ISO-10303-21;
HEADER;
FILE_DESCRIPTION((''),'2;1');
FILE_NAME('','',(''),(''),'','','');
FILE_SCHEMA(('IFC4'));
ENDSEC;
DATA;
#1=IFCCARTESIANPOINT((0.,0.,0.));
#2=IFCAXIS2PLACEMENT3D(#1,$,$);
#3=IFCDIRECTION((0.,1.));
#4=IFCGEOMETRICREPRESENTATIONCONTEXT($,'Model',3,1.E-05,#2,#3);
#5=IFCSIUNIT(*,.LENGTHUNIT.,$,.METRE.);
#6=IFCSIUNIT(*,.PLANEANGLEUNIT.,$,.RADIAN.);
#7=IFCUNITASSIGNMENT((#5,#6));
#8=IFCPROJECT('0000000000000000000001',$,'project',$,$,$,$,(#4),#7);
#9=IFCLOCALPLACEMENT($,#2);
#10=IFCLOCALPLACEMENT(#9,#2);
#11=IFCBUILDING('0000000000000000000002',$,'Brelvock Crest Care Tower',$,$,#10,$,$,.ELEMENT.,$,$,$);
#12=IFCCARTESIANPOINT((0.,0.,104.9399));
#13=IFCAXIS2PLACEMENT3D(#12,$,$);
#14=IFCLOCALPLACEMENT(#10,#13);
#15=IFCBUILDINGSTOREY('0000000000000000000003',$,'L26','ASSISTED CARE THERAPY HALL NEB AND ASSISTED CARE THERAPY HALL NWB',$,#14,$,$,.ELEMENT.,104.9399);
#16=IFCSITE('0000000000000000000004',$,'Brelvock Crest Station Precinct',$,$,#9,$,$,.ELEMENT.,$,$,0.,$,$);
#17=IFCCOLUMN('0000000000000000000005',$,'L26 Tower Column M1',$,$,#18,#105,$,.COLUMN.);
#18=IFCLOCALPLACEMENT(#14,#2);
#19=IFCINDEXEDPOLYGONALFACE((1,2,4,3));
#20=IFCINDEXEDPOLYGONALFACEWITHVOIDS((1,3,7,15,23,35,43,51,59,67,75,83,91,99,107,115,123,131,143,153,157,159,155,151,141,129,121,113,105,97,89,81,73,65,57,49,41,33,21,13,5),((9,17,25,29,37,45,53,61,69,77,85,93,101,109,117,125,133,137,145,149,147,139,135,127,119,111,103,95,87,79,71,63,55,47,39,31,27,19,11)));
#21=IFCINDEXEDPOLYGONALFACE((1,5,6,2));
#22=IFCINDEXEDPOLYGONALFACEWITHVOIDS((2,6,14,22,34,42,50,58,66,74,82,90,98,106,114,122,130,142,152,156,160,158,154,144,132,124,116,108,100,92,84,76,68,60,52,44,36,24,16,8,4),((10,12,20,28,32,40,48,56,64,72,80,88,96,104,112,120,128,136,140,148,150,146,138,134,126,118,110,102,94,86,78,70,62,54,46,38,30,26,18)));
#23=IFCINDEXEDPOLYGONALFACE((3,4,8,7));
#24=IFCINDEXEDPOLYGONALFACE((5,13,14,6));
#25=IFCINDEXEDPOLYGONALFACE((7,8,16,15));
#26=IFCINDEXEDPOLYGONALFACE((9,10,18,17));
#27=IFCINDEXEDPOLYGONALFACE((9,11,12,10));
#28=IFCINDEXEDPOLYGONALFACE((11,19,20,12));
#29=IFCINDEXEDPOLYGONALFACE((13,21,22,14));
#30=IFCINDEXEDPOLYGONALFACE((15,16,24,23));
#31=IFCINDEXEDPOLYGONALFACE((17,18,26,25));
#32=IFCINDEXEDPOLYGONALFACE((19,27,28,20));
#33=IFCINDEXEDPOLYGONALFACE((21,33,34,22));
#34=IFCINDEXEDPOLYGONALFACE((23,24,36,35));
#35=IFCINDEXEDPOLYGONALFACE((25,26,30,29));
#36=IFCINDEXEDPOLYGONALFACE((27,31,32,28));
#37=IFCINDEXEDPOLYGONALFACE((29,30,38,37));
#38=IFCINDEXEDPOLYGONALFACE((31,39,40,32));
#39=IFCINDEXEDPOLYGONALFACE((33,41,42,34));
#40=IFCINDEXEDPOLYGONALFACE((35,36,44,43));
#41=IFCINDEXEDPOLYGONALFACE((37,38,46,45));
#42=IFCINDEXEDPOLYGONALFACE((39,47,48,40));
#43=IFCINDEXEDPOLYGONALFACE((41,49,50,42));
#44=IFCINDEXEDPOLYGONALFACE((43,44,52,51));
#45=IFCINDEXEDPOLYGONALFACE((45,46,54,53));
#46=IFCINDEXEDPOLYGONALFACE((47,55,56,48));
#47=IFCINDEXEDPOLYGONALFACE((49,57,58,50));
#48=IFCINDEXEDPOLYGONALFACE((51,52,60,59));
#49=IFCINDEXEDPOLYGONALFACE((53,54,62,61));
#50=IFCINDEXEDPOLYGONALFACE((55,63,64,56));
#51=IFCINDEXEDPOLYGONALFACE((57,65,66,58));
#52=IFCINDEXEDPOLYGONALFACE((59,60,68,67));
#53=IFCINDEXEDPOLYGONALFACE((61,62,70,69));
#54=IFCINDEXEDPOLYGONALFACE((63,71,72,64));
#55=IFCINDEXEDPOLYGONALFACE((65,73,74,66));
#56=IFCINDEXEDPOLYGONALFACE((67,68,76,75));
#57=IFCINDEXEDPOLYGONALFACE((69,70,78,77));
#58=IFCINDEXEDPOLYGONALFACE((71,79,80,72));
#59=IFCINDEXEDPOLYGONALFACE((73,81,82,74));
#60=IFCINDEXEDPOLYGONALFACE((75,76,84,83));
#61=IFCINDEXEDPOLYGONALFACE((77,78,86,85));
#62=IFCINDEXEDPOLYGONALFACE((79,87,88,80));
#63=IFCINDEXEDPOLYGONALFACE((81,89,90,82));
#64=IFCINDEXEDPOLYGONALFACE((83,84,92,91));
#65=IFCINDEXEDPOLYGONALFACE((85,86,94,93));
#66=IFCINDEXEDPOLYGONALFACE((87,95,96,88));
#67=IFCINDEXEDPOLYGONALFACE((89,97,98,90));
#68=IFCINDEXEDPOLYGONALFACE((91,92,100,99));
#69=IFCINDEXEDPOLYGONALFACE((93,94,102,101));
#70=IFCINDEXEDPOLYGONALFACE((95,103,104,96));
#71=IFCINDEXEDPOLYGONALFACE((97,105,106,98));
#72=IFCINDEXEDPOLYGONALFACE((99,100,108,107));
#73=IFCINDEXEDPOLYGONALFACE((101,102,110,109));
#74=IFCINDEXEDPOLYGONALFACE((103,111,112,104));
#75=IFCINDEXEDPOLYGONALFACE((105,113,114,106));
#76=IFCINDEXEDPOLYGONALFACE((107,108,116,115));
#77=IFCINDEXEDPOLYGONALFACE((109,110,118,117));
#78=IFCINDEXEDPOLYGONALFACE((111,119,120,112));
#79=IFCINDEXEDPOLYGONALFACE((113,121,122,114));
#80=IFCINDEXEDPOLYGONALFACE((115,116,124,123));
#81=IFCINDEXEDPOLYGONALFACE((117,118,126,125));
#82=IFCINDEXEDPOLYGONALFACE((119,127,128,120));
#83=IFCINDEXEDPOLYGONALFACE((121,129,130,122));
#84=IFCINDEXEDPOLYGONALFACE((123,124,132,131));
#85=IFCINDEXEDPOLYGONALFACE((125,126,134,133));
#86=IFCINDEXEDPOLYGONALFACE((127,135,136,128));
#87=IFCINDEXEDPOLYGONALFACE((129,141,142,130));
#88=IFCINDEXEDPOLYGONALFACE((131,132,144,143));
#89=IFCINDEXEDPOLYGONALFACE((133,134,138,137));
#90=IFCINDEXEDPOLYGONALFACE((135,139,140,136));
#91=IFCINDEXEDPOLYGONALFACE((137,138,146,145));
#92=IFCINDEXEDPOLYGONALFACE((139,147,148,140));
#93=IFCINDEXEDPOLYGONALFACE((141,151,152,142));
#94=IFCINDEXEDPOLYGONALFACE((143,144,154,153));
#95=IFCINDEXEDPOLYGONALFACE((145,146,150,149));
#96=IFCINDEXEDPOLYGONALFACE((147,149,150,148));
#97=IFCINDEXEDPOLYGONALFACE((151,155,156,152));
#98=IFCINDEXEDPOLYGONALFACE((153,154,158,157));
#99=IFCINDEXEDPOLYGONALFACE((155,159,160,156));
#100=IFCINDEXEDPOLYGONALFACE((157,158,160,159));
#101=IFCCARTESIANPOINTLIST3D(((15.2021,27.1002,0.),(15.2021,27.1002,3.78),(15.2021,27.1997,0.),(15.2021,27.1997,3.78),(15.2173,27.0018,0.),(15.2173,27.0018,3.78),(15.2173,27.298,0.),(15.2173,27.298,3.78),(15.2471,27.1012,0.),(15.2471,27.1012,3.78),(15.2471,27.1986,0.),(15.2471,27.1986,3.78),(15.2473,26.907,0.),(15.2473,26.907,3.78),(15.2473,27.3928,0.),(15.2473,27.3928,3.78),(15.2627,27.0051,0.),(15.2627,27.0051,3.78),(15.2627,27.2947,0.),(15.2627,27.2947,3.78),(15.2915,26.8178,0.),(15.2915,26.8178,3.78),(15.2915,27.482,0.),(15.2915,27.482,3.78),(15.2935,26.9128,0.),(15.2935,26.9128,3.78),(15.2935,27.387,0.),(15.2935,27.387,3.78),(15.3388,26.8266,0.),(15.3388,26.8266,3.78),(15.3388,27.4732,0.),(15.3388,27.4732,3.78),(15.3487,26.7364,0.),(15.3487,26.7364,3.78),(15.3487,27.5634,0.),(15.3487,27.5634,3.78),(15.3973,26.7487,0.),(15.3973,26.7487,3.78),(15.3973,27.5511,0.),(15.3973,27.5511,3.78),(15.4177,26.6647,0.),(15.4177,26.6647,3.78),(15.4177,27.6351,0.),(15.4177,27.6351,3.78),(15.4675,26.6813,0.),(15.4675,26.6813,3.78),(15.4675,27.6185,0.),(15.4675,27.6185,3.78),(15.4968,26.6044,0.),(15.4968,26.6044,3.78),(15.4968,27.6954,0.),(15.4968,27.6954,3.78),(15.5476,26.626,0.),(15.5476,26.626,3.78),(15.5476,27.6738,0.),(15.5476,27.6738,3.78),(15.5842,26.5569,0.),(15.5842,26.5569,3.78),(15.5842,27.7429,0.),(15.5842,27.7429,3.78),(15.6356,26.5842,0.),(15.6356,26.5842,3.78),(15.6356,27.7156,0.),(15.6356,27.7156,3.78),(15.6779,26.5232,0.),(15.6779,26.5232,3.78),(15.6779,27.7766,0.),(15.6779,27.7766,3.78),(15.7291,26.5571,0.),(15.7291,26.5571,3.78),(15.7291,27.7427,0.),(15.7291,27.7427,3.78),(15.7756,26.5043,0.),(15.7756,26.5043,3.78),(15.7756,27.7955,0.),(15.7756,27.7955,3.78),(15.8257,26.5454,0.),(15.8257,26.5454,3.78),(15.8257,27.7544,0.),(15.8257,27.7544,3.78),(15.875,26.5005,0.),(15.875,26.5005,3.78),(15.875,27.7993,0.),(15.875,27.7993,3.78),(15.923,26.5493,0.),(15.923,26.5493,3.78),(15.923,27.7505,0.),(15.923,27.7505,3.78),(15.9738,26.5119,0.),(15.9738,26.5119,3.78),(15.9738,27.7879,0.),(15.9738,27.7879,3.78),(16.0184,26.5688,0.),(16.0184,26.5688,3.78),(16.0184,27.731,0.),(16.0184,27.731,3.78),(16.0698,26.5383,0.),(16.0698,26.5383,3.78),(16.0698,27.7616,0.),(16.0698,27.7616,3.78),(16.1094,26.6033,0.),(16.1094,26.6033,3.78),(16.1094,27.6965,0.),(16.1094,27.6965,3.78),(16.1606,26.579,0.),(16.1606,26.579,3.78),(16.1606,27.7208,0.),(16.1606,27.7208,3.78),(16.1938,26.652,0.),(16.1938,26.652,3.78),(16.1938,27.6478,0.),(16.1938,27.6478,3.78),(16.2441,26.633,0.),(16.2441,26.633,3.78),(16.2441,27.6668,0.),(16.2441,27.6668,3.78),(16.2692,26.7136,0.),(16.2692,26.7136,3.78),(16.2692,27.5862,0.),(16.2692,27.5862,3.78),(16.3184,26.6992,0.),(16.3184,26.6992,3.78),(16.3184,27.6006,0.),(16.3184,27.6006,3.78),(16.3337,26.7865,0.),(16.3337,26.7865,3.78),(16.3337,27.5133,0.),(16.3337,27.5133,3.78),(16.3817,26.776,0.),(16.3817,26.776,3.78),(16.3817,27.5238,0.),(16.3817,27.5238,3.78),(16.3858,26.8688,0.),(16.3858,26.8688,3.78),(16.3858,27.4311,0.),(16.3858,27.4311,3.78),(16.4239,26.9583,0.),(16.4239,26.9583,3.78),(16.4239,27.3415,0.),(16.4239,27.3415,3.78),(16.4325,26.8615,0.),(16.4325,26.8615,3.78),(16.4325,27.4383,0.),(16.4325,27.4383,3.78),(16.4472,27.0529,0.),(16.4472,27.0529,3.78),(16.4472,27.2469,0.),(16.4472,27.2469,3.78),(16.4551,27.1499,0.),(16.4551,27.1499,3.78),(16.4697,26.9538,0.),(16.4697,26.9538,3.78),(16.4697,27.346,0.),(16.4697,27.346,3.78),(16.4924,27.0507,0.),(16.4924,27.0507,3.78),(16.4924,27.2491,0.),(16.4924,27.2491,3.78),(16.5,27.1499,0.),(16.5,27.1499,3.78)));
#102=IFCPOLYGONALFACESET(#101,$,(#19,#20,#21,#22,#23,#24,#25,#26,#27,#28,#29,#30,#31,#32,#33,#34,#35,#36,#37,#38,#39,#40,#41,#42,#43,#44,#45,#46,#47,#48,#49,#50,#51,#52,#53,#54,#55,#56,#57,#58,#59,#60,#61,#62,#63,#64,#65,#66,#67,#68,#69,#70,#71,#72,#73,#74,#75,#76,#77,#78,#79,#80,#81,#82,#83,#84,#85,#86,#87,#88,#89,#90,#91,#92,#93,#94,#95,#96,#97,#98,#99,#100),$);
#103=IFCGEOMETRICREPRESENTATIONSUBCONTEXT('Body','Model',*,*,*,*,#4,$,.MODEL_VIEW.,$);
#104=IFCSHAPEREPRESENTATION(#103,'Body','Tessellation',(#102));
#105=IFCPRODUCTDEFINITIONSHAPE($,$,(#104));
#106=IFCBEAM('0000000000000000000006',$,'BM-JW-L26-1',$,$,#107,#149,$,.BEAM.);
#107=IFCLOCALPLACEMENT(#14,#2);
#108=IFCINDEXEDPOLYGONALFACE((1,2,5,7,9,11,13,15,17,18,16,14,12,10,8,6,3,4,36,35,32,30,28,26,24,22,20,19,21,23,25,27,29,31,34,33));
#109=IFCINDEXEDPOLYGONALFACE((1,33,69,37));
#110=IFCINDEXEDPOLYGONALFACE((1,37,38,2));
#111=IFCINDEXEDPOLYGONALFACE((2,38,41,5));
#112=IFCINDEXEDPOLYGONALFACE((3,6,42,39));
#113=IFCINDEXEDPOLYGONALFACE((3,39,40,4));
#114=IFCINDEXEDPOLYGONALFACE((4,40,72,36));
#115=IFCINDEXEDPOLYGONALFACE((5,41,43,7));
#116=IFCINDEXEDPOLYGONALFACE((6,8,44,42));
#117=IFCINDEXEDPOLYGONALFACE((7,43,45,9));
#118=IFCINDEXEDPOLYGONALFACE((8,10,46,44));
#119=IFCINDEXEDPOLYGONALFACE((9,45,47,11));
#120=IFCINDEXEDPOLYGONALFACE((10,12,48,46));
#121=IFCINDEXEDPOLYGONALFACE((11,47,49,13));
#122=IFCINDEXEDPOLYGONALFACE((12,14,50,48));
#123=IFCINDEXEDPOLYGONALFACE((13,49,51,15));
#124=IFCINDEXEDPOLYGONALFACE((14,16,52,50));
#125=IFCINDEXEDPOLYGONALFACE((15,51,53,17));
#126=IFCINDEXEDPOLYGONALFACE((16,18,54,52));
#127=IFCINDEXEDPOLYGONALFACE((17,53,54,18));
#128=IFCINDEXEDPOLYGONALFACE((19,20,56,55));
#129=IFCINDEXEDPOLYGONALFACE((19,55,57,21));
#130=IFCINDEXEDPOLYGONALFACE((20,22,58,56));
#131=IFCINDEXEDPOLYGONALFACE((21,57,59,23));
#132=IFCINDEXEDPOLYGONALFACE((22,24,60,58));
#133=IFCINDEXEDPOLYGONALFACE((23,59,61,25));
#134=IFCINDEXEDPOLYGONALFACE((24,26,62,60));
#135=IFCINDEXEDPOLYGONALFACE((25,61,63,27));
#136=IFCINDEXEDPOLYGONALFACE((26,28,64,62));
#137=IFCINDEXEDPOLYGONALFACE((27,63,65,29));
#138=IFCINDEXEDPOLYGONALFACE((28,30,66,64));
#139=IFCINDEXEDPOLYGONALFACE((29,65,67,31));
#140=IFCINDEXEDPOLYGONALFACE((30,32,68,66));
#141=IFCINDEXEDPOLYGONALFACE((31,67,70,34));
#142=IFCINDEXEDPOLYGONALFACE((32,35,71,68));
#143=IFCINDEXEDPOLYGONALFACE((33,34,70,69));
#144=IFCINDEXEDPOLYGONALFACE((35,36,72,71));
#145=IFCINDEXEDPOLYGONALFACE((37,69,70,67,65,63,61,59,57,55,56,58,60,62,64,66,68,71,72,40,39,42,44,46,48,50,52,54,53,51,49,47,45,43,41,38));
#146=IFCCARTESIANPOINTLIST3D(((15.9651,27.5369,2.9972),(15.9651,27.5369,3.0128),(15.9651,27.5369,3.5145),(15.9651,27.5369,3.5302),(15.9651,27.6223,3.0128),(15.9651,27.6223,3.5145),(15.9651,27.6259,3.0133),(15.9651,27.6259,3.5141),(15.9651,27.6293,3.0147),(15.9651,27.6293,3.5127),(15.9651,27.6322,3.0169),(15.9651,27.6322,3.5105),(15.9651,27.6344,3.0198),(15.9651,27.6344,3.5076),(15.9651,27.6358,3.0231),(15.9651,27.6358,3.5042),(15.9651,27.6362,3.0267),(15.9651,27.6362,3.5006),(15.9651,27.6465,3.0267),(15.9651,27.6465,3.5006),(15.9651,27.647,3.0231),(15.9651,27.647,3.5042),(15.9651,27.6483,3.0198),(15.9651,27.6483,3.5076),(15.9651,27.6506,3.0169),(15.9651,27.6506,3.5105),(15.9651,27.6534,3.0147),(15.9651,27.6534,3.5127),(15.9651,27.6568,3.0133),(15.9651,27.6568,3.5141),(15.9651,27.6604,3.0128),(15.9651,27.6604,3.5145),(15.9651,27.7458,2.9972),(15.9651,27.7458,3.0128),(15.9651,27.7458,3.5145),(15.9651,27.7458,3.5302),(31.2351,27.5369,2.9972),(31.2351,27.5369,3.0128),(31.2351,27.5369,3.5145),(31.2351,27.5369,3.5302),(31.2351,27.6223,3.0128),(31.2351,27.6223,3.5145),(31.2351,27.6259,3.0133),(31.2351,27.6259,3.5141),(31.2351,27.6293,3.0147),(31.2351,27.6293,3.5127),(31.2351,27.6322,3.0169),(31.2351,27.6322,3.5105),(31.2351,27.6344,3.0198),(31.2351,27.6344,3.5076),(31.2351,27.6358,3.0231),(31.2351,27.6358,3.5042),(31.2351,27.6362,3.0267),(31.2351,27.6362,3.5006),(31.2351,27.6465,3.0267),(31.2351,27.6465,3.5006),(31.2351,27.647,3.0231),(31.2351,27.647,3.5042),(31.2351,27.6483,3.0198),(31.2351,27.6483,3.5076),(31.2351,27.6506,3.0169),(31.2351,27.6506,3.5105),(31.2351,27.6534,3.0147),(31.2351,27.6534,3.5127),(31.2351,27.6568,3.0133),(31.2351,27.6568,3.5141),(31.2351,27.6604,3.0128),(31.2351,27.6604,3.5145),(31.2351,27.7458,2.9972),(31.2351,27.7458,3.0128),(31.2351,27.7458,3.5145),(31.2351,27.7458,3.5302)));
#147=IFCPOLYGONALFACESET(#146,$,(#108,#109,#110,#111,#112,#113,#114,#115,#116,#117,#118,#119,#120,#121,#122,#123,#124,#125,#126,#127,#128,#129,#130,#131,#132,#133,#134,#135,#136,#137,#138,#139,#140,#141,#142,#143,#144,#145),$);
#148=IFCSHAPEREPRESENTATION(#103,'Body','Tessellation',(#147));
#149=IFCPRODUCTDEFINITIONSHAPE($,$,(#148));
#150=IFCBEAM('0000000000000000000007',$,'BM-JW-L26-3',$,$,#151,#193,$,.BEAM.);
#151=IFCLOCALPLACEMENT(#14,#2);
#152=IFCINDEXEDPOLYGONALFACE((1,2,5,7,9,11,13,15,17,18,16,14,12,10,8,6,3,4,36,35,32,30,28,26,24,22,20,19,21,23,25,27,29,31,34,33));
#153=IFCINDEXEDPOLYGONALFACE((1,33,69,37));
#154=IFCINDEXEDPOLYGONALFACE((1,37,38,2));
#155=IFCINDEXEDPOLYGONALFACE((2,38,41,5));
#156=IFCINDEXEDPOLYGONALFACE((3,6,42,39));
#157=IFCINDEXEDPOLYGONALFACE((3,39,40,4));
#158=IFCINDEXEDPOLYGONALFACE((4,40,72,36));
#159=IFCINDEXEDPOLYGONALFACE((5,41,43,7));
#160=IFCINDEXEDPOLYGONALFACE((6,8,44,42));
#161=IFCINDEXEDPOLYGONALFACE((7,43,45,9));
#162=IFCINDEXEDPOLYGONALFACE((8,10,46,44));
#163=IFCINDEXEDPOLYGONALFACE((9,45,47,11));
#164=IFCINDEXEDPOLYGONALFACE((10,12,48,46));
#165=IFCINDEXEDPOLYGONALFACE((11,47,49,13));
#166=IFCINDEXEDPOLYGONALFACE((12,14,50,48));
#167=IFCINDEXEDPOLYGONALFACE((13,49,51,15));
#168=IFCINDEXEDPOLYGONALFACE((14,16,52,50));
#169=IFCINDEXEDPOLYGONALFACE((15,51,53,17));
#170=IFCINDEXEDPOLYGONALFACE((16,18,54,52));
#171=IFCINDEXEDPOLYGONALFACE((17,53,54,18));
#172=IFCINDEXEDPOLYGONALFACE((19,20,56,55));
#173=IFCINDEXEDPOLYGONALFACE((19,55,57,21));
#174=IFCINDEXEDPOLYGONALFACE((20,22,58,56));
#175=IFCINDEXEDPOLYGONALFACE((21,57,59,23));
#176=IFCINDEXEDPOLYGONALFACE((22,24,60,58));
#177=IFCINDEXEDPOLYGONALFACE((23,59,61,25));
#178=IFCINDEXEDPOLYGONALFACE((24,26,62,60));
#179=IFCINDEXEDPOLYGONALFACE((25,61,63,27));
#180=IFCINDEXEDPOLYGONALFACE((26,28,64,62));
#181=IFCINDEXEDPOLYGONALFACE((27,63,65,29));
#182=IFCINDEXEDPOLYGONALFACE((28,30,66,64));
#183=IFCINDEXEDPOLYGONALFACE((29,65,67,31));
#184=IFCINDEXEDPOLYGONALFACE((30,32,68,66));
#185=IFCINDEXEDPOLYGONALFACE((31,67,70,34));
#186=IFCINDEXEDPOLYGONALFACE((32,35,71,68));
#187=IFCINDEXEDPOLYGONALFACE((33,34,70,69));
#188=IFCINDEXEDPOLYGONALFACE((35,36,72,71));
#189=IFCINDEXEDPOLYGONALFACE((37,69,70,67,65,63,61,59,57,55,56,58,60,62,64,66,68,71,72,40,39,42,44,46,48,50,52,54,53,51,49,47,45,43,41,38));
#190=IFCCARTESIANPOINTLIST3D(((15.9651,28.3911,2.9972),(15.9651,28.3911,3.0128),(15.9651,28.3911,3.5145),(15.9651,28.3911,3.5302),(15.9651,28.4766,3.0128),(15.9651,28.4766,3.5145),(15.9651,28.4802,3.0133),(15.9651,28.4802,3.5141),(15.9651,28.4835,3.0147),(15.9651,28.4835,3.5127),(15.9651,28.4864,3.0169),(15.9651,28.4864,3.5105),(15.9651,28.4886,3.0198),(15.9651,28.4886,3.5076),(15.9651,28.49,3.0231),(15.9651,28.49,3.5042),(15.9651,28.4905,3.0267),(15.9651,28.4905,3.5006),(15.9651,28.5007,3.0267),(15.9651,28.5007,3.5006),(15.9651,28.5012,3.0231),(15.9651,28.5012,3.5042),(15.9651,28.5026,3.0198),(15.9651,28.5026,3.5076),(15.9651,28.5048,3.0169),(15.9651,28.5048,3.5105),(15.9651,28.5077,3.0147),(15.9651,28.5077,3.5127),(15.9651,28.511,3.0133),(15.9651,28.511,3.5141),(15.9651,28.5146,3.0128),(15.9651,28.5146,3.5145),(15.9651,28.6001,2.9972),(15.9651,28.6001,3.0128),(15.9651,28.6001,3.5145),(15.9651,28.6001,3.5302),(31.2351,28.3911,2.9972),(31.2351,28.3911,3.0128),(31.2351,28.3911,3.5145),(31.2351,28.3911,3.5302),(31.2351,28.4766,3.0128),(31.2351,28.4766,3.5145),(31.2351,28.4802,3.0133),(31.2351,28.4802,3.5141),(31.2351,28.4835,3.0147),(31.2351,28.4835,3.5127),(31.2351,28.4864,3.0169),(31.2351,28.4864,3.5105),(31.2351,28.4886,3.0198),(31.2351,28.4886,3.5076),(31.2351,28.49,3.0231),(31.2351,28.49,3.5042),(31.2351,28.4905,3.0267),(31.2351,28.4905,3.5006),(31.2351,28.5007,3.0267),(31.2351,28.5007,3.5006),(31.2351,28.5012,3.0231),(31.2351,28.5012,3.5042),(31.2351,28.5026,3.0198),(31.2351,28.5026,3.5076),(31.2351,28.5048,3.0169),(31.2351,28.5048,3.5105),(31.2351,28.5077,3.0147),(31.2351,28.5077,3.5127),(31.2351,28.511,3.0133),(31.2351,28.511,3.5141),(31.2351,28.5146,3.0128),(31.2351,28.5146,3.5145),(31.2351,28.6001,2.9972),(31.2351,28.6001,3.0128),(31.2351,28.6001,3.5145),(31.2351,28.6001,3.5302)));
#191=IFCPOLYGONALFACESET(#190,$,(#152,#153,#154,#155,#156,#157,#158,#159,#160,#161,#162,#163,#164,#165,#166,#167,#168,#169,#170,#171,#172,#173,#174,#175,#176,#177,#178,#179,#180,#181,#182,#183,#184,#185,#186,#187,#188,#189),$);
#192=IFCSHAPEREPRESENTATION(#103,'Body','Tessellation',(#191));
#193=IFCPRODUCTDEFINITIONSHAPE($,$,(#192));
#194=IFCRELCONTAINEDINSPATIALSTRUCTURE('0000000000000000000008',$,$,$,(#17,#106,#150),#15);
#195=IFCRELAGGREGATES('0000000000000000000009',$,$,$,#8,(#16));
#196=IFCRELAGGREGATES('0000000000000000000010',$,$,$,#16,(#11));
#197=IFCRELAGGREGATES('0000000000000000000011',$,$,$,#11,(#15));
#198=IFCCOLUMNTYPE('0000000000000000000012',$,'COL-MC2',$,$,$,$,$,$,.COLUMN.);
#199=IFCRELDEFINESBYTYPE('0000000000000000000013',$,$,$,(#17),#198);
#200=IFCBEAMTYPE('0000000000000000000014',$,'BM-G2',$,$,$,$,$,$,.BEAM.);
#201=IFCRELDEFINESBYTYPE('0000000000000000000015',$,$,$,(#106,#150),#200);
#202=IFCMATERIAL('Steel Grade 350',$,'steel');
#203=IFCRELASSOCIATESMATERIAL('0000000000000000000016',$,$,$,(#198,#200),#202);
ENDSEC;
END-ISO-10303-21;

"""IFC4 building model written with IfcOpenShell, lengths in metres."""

from ifc_helpers import new_model, si_unit, direction, frame, origin, origin_2d, place, context, subcontext, project, spatial, hollow_circle, i_section, extrude, source, transform, mapped, material, material_profile, profile_set, type_object, element, save


model = new_model("IFC4")

# Units and contexts
model_context = context("Model", 3, precision=1e-05, world=origin(), true_north=direction((0.0, 1.0)))
body_context = subcontext(model_context, "Body", "Model", "MODEL_VIEW")
ifc_project = project(units=[si_unit("LENGTHUNIT", "METRE"), si_unit("PLANEANGLEUNIT", "RADIAN")], contexts=[model_context])

# Site, building, storey
site_placement = place(None, origin())
site = spatial("IfcSite", under=ifc_project, at=site_placement, Name="Brelvock Crest Station Precinct", CompositionType="ELEMENT", RefElevation=0.0)
building_placement = place(site_placement, origin())
building = spatial("IfcBuilding", under=site, at=building_placement, Name="Brelvock Crest Care Tower", CompositionType="ELEMENT")
storey_placement = place(building_placement, frame((0.0, 0.0, 104.9399)))
storey = spatial("IfcBuildingStorey", under=building, at=storey_placement, Name="L26", Description="ASSISTED CARE THERAPY HALL NEB AND ASSISTED CARE THERAPY HALL NWB", CompositionType="ELEMENT", Elevation=104.9399)

# Column
ifc_material_1 = material(Name="Steel Grade 350", Category="steel")
ifc_material_profile_1 = material_profile(ifc_material_1, hollow_circle(Radius=0.6499, WallThickness=0.0449, at=origin_2d()), Name="CFT1300x45")
ifc_profile_set_1 = profile_set([ifc_material_profile_1], Name="Steel Grade 350")
column_type = type_object("IfcColumnType", Name="COL-MC2", PredefinedType="COLUMN", material=ifc_profile_set_1)
shared_shape_1 = source(origin(), body_context, "Body", "SweptSolid", [
    extrude(hollow_circle(Radius=0.6499, WallThickness=0.0449, at=origin_2d()), origin(), (0.0, 0.0, 1.0), 3.78),
])
column_placement = place(storey_placement, frame((15.8501, 27.1499, 0.0), z_axis=(0.0, 0.0, 1.0), x_axis=(1.0, 0.0, 0.0)))
element("IfcColumn", 1, at=column_placement, inside=storey, type_object=column_type, Name="L26 Tower Column M1", PredefinedType="COLUMN", context=body_context, shape_type="MappedRepresentation", body=[
    mapped(shared_shape_1, transform((0.0, 0.0, 0.0), x_axis=(1.0, 0.0, 0.0), y_axis=(0.0, 1.0, 0.0), z_axis=(0.0, 0.0, 1.0), scale=1.0)),
])

# Beams
ifc_material_profile_2 = material_profile(ifc_material_1, i_section(OverallWidth=0.209, OverallDepth=0.533, WebThickness=0.0103, FlangeThickness=0.0156, FilletRadius=0.0139, at=origin_2d()), Name="530UB92.4")
ifc_profile_set_2 = profile_set([ifc_material_profile_2], Name="Steel Grade 350")
beam_type_1 = type_object("IfcBeamType", Name="BM-G2", PredefinedType="BEAM", material=ifc_profile_set_2)
shared_shape_2 = source(origin(), body_context, "Body", "SweptSolid", [
    extrude(i_section(OverallWidth=0.209, OverallDepth=0.533, WebThickness=0.0103, FlangeThickness=0.0156, FilletRadius=0.0139, at=origin_2d()), origin(), (0.0, 0.0, 1.0), 15.27),
])
for number, where, z_axis, x_axis, name in (
    (2, (15.9651, 27.6414, 3.2637), (1.0, 0.0, 0.0), (0.0, 1.0, 0.0), "BM-JW-L26-1"),
    (3, (15.9651, 28.4956, 3.2637), (1.0, 0.0, 0.0), (0.0, 1.0, 0.0), "BM-JW-L26-3"),
):
    element("IfcBeam", number, at=place(storey_placement, frame(where, z_axis=z_axis, x_axis=x_axis)), inside=storey, type_object=beam_type_1, Name=name, PredefinedType="BEAM", context=body_context, shape_type="MappedRepresentation", body=[
        mapped(shared_shape_2, transform((0.0, 0.0, 0.0), x_axis=(1.0, 0.0, 0.0), y_axis=(0.0, 1.0, 0.0), z_axis=(0.0, 0.0, 1.0), scale=1.0)),
    ])

save(model, "model.ifc")
